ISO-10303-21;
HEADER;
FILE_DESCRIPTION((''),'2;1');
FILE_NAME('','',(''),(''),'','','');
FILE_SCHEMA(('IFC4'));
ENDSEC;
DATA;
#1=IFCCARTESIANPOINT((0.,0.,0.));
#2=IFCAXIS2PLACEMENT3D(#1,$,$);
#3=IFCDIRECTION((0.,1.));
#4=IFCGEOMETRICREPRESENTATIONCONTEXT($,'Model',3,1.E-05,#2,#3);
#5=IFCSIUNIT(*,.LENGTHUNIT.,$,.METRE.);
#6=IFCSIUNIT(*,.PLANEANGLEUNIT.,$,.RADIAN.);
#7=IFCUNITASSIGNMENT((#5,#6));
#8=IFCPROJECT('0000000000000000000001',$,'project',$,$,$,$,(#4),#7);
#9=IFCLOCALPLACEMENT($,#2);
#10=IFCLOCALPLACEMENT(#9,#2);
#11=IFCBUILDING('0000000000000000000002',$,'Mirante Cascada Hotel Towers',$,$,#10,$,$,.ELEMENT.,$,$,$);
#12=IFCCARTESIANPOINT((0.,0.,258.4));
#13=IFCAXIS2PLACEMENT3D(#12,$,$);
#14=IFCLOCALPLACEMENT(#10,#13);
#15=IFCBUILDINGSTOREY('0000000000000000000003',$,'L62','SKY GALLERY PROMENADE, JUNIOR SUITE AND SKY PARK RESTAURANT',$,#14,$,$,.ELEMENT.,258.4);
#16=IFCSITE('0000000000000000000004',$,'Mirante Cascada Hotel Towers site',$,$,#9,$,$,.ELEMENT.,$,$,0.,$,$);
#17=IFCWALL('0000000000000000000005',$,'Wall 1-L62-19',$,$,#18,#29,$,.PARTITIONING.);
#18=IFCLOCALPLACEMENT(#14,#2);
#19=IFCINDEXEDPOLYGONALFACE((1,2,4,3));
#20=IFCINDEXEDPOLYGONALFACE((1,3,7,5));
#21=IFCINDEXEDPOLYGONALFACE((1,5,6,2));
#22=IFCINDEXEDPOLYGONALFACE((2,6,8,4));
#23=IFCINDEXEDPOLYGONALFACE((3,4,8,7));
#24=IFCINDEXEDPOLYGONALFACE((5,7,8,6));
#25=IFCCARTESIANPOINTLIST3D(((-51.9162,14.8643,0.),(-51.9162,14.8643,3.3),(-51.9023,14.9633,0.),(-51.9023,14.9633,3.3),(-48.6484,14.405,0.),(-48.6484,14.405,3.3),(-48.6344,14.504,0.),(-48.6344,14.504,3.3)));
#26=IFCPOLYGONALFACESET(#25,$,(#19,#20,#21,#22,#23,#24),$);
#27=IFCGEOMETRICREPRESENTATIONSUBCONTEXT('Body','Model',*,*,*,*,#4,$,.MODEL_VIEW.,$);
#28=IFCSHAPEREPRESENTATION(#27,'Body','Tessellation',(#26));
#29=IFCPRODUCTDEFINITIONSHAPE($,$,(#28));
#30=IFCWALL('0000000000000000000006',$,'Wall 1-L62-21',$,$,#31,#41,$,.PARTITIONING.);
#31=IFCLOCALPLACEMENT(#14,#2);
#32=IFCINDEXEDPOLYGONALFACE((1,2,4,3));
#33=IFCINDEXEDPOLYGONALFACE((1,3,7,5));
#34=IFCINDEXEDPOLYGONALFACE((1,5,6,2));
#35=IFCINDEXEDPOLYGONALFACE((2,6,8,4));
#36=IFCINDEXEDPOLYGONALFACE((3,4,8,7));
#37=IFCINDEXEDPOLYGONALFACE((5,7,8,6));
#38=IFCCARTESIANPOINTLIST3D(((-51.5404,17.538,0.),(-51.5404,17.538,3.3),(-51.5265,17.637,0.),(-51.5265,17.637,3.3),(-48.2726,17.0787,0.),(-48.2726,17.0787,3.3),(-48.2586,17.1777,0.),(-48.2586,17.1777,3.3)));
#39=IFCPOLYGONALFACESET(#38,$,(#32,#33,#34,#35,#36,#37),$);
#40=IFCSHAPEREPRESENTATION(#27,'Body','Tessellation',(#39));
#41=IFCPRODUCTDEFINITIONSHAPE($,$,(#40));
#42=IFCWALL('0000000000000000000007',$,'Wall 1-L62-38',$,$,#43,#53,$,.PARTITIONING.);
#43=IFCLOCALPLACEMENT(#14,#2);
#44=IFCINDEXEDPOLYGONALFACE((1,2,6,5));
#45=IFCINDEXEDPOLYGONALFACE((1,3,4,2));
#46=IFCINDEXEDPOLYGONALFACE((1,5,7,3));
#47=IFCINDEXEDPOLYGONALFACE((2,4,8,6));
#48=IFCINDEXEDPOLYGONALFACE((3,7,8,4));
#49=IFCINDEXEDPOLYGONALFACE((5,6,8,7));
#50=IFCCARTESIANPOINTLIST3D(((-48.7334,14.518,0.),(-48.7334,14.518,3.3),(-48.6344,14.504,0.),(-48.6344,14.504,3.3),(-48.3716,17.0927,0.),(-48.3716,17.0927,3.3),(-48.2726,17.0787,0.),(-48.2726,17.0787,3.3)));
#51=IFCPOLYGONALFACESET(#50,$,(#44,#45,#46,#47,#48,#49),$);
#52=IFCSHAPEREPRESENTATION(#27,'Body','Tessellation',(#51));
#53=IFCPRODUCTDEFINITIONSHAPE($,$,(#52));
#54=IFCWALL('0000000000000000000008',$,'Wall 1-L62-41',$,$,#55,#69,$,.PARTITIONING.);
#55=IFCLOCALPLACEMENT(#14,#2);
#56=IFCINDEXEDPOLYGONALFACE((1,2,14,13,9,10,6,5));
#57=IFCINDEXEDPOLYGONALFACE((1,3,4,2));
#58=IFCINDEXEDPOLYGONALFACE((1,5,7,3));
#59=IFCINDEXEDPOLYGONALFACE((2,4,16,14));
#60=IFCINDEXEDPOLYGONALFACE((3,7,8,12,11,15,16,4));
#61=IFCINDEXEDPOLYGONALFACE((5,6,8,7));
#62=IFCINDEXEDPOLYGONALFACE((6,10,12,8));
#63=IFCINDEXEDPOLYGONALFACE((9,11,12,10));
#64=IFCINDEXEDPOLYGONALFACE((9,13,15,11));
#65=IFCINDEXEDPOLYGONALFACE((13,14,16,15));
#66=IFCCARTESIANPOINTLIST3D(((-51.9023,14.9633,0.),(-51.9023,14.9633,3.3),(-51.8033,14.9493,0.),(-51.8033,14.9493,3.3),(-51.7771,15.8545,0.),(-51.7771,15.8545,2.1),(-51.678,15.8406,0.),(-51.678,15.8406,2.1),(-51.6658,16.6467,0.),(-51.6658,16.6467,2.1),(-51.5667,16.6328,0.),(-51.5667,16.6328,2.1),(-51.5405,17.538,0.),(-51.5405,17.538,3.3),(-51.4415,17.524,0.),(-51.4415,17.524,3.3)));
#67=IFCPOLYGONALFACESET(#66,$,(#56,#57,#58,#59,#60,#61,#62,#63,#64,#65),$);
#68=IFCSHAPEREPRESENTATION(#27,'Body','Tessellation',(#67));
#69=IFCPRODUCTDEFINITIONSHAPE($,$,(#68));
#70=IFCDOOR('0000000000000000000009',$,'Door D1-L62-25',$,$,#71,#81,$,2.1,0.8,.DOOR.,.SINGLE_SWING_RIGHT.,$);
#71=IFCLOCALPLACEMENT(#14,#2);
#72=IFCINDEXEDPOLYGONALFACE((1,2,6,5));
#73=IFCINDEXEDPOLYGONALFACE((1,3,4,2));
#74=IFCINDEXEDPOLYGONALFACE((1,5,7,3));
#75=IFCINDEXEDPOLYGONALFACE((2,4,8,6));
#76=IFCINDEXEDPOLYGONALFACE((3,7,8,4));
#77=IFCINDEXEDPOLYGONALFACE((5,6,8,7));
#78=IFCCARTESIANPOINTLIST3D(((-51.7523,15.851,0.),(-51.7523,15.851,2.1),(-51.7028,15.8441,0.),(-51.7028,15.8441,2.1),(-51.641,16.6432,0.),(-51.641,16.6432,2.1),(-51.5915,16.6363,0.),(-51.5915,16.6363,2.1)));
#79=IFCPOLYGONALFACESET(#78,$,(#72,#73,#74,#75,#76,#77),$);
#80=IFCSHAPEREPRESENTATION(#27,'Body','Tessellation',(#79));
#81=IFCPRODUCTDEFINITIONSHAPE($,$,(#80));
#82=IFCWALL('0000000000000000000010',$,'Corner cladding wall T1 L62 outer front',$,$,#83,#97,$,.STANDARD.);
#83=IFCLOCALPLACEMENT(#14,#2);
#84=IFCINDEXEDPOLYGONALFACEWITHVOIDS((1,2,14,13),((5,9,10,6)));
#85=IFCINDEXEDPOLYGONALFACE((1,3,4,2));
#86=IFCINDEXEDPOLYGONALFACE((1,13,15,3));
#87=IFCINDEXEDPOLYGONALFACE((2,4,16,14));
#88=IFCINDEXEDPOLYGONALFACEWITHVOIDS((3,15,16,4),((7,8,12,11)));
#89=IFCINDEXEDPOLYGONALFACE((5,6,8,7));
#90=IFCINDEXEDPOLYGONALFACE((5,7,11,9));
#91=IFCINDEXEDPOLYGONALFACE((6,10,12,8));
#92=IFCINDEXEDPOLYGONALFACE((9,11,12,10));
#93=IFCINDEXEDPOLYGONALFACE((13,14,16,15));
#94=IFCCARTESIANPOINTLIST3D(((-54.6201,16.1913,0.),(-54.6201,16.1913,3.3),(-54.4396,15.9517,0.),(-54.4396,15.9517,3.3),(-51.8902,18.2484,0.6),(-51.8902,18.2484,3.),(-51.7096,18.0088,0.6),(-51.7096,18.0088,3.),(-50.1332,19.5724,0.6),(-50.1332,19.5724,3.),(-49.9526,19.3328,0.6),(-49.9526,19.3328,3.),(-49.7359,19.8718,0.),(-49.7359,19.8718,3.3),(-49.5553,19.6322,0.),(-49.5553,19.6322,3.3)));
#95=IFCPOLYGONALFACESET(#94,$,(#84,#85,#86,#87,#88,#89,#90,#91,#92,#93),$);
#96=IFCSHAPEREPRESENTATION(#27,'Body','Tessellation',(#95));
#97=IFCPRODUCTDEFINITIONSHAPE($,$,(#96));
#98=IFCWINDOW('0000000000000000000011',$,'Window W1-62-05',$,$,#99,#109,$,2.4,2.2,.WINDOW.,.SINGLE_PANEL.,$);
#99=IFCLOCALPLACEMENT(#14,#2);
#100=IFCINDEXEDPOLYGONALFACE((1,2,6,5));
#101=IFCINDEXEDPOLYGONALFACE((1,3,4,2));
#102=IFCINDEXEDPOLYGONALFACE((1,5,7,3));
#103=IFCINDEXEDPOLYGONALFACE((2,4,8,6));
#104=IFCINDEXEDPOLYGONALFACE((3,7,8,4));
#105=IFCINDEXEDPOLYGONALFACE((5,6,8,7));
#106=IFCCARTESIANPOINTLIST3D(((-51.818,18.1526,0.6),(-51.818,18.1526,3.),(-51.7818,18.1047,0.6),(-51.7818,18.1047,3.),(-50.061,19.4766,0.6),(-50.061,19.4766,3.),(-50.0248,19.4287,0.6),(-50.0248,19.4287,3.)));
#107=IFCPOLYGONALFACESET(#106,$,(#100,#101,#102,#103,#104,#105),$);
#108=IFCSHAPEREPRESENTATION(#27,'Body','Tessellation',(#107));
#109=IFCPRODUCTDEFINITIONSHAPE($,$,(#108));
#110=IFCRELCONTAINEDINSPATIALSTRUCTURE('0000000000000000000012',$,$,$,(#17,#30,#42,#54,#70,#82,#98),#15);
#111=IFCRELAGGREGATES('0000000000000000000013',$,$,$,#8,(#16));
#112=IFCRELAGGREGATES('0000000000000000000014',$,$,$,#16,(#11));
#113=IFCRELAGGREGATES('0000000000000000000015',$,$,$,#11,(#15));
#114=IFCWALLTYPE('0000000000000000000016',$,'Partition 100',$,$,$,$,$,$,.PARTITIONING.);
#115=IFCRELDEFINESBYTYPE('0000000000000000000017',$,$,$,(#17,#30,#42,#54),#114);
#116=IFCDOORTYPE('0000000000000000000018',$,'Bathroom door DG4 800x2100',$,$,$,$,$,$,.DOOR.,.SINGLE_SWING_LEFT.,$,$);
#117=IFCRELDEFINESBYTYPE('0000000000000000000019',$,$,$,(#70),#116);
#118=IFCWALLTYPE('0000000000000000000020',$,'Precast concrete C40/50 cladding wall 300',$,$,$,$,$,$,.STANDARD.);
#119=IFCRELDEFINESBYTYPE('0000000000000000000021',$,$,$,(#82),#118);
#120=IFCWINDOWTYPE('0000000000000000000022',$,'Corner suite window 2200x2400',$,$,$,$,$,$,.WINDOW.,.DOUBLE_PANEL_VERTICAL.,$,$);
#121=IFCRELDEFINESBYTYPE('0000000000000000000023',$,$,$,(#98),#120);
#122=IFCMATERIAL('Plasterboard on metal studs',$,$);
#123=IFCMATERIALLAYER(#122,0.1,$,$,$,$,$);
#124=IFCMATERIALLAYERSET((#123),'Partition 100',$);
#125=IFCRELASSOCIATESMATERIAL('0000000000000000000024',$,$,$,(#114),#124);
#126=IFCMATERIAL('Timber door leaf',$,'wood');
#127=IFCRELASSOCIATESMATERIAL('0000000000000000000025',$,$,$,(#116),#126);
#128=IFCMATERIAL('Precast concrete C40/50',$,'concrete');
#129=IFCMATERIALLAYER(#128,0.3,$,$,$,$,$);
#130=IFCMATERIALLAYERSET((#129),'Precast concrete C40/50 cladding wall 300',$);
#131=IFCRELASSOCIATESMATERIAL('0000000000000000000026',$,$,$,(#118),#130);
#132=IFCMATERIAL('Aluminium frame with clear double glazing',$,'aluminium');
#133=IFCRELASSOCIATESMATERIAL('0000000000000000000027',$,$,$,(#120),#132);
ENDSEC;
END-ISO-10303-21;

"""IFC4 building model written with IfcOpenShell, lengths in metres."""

from ifc_helpers import new_model, si_unit, direction, frame, frame_2d, origin, place, context, subcontext, project, spatial, rectangle, extrude, material, layer, layer_set, type_object, element, fill, save


model = new_model("IFC4")

# Units and contexts
model_context = context("Model", 3, precision=1e-05, world=origin(), true_north=direction((0.0, 1.0)))
body_context = subcontext(model_context, "Body", "Model", "MODEL_VIEW")
ifc_project = project(units=[si_unit("LENGTHUNIT", "METRE"), si_unit("PLANEANGLEUNIT", "RADIAN")], contexts=[model_context])

# Site, building, storey
site_placement = place(None, origin())
site = spatial("IfcSite", under=ifc_project, at=site_placement, Name="Mirante Cascada Hotel Towers site", CompositionType="ELEMENT", RefElevation=0.0)
building_placement = place(site_placement, origin())
building = spatial("IfcBuilding", under=site, at=building_placement, Name="Mirante Cascada Hotel Towers", CompositionType="ELEMENT")
storey_placement = place(building_placement, frame((0.0, 0.0, 258.4)))
storey = spatial("IfcBuildingStorey", under=building, at=storey_placement, Name="L62", Description="SKY GALLERY PROMENADE, JUNIOR SUITE AND SKY PARK RESTAURANT", CompositionType="ELEMENT", Elevation=258.4)

# Walls
ifc_material_1 = material(Name="Plasterboard on metal studs")
ifc_layer_1 = layer(ifc_material_1, 0.1)
ifc_layer_set_1 = layer_set([ifc_layer_1], Name="Partition 100")
wall_type_1 = type_object("IfcWallType", Name="Partition 100", PredefinedType="PARTITIONING", material=ifc_layer_set_1)
for number, where, z_axis, x_axis, name in (
    (1, (-48.6414, 14.4545, 0.0), (0.0, 0.0, 1.0), (-0.990267, 0.139181, 0.0), "Wall 1-L62-19"),
    (2, (-48.2656, 17.1282, 0.0), (0.0, 0.0, 1.0), (-0.990267, 0.139181, 0.0), "Wall 1-L62-21"),
):
    element("IfcWall", number, at=place(storey_placement, frame(where, z_axis=z_axis, x_axis=x_axis)), inside=storey, type_object=wall_type_1, Name=name, PredefinedType="PARTITIONING", context=body_context, shape_type="SweptSolid", body=[
        extrude(rectangle(XDim=3.3, YDim=0.1, at=frame_2d((1.65, 0.0))), origin(), (0.0, 0.0, 1.0), 3.3),
    ])
wall_1_placement = place(storey_placement, frame((-48.3221, 17.0857, 0.0), z_axis=(0.0, 0.0, 1.0), x_axis=(-0.139154, -0.990271, 0.0)))
element("IfcWall", 3, at=wall_1_placement, inside=storey, type_object=wall_type_1, Name="Wall 1-L62-38", PredefinedType="PARTITIONING", context=body_context, shape_type="SweptSolid", body=[
    extrude(rectangle(XDim=2.6, YDim=0.1, at=frame_2d((1.3, 0.0))), origin(), (0.0, 0.0, 1.0), 3.3),
])

# Wall, opening, door
wall_2_placement = place(storey_placement, frame((-51.8528, 14.9563, 0.0), z_axis=(0.0, 0.0, 1.0), x_axis=(0.139154, 0.990271, 0.0)))
wall_2 = element("IfcWall", 4, at=wall_2_placement, inside=storey, type_object=wall_type_1, Name="Wall 1-L62-41", PredefinedType="PARTITIONING", context=body_context, shape_type="SweptSolid", body=[
    extrude(rectangle(XDim=2.6, YDim=0.1, at=frame_2d((1.3, 0.0))), origin(), (0.0, 0.0, 1.0), 3.3),
])
opening_1_placement = place(wall_2_placement, frame((0.9, 0.0, 0.0)))
opening_1 = element("IfcOpeningElement", 5, at=opening_1_placement, cuts=wall_2, PredefinedType="OPENING", context=body_context, shape_type="SweptSolid", body=[
    extrude(rectangle(XDim=0.8, YDim=2.1, at=frame_2d((0.4, 1.05))), frame((0.0, 0.05, 0.0), z_axis=(0.0, -1.0, 0.0), x_axis=(1.0, 0.0, 0.0)), (0.0, 0.0, 1.0), 0.1),
])
ifc_material_2 = material(Name="Timber door leaf", Category="wood")
door_type = type_object("IfcDoorType", Name="Bathroom door DG4 800x2100", OperationType="SINGLE_SWING_LEFT", PredefinedType="DOOR", material=ifc_material_2)
door_placement = place(opening_1_placement, frame((0.8, 0.0, 0.0), z_axis=(0.0, 0.0, 1.0), x_axis=(-1.0, 0.0, 0.0)))
door = element("IfcDoor", 6, at=door_placement, inside=storey, type_object=door_type, Name="Door D1-L62-25", OperationType="SINGLE_SWING_RIGHT", OverallHeight=2.1, OverallWidth=0.8, PredefinedType="DOOR", context=body_context, shape_type="SweptSolid", body=[
    extrude(rectangle(XDim=0.8, YDim=2.1, at=frame_2d((0.4, 1.05))), frame((0.0, 0.025, 0.0), z_axis=(0.0, -1.0, 0.0), x_axis=(1.0, 0.0, 0.0)), (0.0, 0.0, 1.0), 0.05),
])
fill(opening_1, door)

# Wall, opening, window
ifc_material_3 = material(Name="Precast concrete C40/50", Category="concrete")
ifc_layer_2 = layer(ifc_material_3, 0.3)
ifc_layer_set_2 = layer_set([ifc_layer_2], Name="Precast concrete C40/50 cladding wall 300")
wall_type_2 = type_object("IfcWallType", Name="Precast concrete C40/50 cladding wall 300", PredefinedType="STANDARD", material=ifc_layer_set_2)
wall_3_placement = place(storey_placement, frame((-54.5298, 16.0715, 0.0), z_axis=(0.0, 0.0, 1.0), x_axis=(0.798636, 0.601814, 0.0)))
wall_3 = element("IfcWall", 7, at=wall_3_placement, inside=storey, type_object=wall_type_2, Name="Corner cladding wall T1 L62 outer front", PredefinedType="STANDARD", context=body_context, shape_type="SweptSolid", body=[
    extrude(rectangle(XDim=6.1157, YDim=0.3, at=frame_2d((3.0578, 0.0))), origin(), (0.0, 0.0, 1.0), 3.3),
])
opening_2_placement = place(wall_3_placement, frame((3.4182, 0.0, 0.6)))
opening_2 = element("IfcOpeningElement", 8, at=opening_2_placement, cuts=wall_3, PredefinedType="OPENING", context=body_context, shape_type="SweptSolid", body=[
    extrude(rectangle(XDim=2.2, YDim=2.4, at=frame_2d((1.1, 1.2))), frame((0.0, 0.15, 0.0), z_axis=(0.0, -1.0, 0.0), x_axis=(1.0, 0.0, 0.0)), (0.0, 0.0, 1.0), 0.3),
])
ifc_material_4 = material(Name="Aluminium frame with clear double glazing", Category="aluminium")
window_type = type_object("IfcWindowType", Name="Corner suite window 2200x2400", PartitioningType="DOUBLE_PANEL_VERTICAL", PredefinedType="WINDOW", material=ifc_material_4)
window_placement = place(opening_2_placement, origin())
window = element("IfcWindow", 9, at=window_placement, inside=storey, type_object=window_type, Name="Window W1-62-05", OverallHeight=2.4, OverallWidth=2.2, PartitioningType="SINGLE_PANEL", PredefinedType="WINDOW", context=body_context, shape_type="SweptSolid", body=[
    extrude(rectangle(XDim=2.2, YDim=2.4, at=frame_2d((1.1, 1.2))), frame((0.0, 0.03, 0.0), z_axis=(0.0, -1.0, 0.0), x_axis=(1.0, 0.0, 0.0)), (0.0, 0.0, 1.0), 0.06),
])
fill(opening_2, window)

save(model, "model.ifc")
